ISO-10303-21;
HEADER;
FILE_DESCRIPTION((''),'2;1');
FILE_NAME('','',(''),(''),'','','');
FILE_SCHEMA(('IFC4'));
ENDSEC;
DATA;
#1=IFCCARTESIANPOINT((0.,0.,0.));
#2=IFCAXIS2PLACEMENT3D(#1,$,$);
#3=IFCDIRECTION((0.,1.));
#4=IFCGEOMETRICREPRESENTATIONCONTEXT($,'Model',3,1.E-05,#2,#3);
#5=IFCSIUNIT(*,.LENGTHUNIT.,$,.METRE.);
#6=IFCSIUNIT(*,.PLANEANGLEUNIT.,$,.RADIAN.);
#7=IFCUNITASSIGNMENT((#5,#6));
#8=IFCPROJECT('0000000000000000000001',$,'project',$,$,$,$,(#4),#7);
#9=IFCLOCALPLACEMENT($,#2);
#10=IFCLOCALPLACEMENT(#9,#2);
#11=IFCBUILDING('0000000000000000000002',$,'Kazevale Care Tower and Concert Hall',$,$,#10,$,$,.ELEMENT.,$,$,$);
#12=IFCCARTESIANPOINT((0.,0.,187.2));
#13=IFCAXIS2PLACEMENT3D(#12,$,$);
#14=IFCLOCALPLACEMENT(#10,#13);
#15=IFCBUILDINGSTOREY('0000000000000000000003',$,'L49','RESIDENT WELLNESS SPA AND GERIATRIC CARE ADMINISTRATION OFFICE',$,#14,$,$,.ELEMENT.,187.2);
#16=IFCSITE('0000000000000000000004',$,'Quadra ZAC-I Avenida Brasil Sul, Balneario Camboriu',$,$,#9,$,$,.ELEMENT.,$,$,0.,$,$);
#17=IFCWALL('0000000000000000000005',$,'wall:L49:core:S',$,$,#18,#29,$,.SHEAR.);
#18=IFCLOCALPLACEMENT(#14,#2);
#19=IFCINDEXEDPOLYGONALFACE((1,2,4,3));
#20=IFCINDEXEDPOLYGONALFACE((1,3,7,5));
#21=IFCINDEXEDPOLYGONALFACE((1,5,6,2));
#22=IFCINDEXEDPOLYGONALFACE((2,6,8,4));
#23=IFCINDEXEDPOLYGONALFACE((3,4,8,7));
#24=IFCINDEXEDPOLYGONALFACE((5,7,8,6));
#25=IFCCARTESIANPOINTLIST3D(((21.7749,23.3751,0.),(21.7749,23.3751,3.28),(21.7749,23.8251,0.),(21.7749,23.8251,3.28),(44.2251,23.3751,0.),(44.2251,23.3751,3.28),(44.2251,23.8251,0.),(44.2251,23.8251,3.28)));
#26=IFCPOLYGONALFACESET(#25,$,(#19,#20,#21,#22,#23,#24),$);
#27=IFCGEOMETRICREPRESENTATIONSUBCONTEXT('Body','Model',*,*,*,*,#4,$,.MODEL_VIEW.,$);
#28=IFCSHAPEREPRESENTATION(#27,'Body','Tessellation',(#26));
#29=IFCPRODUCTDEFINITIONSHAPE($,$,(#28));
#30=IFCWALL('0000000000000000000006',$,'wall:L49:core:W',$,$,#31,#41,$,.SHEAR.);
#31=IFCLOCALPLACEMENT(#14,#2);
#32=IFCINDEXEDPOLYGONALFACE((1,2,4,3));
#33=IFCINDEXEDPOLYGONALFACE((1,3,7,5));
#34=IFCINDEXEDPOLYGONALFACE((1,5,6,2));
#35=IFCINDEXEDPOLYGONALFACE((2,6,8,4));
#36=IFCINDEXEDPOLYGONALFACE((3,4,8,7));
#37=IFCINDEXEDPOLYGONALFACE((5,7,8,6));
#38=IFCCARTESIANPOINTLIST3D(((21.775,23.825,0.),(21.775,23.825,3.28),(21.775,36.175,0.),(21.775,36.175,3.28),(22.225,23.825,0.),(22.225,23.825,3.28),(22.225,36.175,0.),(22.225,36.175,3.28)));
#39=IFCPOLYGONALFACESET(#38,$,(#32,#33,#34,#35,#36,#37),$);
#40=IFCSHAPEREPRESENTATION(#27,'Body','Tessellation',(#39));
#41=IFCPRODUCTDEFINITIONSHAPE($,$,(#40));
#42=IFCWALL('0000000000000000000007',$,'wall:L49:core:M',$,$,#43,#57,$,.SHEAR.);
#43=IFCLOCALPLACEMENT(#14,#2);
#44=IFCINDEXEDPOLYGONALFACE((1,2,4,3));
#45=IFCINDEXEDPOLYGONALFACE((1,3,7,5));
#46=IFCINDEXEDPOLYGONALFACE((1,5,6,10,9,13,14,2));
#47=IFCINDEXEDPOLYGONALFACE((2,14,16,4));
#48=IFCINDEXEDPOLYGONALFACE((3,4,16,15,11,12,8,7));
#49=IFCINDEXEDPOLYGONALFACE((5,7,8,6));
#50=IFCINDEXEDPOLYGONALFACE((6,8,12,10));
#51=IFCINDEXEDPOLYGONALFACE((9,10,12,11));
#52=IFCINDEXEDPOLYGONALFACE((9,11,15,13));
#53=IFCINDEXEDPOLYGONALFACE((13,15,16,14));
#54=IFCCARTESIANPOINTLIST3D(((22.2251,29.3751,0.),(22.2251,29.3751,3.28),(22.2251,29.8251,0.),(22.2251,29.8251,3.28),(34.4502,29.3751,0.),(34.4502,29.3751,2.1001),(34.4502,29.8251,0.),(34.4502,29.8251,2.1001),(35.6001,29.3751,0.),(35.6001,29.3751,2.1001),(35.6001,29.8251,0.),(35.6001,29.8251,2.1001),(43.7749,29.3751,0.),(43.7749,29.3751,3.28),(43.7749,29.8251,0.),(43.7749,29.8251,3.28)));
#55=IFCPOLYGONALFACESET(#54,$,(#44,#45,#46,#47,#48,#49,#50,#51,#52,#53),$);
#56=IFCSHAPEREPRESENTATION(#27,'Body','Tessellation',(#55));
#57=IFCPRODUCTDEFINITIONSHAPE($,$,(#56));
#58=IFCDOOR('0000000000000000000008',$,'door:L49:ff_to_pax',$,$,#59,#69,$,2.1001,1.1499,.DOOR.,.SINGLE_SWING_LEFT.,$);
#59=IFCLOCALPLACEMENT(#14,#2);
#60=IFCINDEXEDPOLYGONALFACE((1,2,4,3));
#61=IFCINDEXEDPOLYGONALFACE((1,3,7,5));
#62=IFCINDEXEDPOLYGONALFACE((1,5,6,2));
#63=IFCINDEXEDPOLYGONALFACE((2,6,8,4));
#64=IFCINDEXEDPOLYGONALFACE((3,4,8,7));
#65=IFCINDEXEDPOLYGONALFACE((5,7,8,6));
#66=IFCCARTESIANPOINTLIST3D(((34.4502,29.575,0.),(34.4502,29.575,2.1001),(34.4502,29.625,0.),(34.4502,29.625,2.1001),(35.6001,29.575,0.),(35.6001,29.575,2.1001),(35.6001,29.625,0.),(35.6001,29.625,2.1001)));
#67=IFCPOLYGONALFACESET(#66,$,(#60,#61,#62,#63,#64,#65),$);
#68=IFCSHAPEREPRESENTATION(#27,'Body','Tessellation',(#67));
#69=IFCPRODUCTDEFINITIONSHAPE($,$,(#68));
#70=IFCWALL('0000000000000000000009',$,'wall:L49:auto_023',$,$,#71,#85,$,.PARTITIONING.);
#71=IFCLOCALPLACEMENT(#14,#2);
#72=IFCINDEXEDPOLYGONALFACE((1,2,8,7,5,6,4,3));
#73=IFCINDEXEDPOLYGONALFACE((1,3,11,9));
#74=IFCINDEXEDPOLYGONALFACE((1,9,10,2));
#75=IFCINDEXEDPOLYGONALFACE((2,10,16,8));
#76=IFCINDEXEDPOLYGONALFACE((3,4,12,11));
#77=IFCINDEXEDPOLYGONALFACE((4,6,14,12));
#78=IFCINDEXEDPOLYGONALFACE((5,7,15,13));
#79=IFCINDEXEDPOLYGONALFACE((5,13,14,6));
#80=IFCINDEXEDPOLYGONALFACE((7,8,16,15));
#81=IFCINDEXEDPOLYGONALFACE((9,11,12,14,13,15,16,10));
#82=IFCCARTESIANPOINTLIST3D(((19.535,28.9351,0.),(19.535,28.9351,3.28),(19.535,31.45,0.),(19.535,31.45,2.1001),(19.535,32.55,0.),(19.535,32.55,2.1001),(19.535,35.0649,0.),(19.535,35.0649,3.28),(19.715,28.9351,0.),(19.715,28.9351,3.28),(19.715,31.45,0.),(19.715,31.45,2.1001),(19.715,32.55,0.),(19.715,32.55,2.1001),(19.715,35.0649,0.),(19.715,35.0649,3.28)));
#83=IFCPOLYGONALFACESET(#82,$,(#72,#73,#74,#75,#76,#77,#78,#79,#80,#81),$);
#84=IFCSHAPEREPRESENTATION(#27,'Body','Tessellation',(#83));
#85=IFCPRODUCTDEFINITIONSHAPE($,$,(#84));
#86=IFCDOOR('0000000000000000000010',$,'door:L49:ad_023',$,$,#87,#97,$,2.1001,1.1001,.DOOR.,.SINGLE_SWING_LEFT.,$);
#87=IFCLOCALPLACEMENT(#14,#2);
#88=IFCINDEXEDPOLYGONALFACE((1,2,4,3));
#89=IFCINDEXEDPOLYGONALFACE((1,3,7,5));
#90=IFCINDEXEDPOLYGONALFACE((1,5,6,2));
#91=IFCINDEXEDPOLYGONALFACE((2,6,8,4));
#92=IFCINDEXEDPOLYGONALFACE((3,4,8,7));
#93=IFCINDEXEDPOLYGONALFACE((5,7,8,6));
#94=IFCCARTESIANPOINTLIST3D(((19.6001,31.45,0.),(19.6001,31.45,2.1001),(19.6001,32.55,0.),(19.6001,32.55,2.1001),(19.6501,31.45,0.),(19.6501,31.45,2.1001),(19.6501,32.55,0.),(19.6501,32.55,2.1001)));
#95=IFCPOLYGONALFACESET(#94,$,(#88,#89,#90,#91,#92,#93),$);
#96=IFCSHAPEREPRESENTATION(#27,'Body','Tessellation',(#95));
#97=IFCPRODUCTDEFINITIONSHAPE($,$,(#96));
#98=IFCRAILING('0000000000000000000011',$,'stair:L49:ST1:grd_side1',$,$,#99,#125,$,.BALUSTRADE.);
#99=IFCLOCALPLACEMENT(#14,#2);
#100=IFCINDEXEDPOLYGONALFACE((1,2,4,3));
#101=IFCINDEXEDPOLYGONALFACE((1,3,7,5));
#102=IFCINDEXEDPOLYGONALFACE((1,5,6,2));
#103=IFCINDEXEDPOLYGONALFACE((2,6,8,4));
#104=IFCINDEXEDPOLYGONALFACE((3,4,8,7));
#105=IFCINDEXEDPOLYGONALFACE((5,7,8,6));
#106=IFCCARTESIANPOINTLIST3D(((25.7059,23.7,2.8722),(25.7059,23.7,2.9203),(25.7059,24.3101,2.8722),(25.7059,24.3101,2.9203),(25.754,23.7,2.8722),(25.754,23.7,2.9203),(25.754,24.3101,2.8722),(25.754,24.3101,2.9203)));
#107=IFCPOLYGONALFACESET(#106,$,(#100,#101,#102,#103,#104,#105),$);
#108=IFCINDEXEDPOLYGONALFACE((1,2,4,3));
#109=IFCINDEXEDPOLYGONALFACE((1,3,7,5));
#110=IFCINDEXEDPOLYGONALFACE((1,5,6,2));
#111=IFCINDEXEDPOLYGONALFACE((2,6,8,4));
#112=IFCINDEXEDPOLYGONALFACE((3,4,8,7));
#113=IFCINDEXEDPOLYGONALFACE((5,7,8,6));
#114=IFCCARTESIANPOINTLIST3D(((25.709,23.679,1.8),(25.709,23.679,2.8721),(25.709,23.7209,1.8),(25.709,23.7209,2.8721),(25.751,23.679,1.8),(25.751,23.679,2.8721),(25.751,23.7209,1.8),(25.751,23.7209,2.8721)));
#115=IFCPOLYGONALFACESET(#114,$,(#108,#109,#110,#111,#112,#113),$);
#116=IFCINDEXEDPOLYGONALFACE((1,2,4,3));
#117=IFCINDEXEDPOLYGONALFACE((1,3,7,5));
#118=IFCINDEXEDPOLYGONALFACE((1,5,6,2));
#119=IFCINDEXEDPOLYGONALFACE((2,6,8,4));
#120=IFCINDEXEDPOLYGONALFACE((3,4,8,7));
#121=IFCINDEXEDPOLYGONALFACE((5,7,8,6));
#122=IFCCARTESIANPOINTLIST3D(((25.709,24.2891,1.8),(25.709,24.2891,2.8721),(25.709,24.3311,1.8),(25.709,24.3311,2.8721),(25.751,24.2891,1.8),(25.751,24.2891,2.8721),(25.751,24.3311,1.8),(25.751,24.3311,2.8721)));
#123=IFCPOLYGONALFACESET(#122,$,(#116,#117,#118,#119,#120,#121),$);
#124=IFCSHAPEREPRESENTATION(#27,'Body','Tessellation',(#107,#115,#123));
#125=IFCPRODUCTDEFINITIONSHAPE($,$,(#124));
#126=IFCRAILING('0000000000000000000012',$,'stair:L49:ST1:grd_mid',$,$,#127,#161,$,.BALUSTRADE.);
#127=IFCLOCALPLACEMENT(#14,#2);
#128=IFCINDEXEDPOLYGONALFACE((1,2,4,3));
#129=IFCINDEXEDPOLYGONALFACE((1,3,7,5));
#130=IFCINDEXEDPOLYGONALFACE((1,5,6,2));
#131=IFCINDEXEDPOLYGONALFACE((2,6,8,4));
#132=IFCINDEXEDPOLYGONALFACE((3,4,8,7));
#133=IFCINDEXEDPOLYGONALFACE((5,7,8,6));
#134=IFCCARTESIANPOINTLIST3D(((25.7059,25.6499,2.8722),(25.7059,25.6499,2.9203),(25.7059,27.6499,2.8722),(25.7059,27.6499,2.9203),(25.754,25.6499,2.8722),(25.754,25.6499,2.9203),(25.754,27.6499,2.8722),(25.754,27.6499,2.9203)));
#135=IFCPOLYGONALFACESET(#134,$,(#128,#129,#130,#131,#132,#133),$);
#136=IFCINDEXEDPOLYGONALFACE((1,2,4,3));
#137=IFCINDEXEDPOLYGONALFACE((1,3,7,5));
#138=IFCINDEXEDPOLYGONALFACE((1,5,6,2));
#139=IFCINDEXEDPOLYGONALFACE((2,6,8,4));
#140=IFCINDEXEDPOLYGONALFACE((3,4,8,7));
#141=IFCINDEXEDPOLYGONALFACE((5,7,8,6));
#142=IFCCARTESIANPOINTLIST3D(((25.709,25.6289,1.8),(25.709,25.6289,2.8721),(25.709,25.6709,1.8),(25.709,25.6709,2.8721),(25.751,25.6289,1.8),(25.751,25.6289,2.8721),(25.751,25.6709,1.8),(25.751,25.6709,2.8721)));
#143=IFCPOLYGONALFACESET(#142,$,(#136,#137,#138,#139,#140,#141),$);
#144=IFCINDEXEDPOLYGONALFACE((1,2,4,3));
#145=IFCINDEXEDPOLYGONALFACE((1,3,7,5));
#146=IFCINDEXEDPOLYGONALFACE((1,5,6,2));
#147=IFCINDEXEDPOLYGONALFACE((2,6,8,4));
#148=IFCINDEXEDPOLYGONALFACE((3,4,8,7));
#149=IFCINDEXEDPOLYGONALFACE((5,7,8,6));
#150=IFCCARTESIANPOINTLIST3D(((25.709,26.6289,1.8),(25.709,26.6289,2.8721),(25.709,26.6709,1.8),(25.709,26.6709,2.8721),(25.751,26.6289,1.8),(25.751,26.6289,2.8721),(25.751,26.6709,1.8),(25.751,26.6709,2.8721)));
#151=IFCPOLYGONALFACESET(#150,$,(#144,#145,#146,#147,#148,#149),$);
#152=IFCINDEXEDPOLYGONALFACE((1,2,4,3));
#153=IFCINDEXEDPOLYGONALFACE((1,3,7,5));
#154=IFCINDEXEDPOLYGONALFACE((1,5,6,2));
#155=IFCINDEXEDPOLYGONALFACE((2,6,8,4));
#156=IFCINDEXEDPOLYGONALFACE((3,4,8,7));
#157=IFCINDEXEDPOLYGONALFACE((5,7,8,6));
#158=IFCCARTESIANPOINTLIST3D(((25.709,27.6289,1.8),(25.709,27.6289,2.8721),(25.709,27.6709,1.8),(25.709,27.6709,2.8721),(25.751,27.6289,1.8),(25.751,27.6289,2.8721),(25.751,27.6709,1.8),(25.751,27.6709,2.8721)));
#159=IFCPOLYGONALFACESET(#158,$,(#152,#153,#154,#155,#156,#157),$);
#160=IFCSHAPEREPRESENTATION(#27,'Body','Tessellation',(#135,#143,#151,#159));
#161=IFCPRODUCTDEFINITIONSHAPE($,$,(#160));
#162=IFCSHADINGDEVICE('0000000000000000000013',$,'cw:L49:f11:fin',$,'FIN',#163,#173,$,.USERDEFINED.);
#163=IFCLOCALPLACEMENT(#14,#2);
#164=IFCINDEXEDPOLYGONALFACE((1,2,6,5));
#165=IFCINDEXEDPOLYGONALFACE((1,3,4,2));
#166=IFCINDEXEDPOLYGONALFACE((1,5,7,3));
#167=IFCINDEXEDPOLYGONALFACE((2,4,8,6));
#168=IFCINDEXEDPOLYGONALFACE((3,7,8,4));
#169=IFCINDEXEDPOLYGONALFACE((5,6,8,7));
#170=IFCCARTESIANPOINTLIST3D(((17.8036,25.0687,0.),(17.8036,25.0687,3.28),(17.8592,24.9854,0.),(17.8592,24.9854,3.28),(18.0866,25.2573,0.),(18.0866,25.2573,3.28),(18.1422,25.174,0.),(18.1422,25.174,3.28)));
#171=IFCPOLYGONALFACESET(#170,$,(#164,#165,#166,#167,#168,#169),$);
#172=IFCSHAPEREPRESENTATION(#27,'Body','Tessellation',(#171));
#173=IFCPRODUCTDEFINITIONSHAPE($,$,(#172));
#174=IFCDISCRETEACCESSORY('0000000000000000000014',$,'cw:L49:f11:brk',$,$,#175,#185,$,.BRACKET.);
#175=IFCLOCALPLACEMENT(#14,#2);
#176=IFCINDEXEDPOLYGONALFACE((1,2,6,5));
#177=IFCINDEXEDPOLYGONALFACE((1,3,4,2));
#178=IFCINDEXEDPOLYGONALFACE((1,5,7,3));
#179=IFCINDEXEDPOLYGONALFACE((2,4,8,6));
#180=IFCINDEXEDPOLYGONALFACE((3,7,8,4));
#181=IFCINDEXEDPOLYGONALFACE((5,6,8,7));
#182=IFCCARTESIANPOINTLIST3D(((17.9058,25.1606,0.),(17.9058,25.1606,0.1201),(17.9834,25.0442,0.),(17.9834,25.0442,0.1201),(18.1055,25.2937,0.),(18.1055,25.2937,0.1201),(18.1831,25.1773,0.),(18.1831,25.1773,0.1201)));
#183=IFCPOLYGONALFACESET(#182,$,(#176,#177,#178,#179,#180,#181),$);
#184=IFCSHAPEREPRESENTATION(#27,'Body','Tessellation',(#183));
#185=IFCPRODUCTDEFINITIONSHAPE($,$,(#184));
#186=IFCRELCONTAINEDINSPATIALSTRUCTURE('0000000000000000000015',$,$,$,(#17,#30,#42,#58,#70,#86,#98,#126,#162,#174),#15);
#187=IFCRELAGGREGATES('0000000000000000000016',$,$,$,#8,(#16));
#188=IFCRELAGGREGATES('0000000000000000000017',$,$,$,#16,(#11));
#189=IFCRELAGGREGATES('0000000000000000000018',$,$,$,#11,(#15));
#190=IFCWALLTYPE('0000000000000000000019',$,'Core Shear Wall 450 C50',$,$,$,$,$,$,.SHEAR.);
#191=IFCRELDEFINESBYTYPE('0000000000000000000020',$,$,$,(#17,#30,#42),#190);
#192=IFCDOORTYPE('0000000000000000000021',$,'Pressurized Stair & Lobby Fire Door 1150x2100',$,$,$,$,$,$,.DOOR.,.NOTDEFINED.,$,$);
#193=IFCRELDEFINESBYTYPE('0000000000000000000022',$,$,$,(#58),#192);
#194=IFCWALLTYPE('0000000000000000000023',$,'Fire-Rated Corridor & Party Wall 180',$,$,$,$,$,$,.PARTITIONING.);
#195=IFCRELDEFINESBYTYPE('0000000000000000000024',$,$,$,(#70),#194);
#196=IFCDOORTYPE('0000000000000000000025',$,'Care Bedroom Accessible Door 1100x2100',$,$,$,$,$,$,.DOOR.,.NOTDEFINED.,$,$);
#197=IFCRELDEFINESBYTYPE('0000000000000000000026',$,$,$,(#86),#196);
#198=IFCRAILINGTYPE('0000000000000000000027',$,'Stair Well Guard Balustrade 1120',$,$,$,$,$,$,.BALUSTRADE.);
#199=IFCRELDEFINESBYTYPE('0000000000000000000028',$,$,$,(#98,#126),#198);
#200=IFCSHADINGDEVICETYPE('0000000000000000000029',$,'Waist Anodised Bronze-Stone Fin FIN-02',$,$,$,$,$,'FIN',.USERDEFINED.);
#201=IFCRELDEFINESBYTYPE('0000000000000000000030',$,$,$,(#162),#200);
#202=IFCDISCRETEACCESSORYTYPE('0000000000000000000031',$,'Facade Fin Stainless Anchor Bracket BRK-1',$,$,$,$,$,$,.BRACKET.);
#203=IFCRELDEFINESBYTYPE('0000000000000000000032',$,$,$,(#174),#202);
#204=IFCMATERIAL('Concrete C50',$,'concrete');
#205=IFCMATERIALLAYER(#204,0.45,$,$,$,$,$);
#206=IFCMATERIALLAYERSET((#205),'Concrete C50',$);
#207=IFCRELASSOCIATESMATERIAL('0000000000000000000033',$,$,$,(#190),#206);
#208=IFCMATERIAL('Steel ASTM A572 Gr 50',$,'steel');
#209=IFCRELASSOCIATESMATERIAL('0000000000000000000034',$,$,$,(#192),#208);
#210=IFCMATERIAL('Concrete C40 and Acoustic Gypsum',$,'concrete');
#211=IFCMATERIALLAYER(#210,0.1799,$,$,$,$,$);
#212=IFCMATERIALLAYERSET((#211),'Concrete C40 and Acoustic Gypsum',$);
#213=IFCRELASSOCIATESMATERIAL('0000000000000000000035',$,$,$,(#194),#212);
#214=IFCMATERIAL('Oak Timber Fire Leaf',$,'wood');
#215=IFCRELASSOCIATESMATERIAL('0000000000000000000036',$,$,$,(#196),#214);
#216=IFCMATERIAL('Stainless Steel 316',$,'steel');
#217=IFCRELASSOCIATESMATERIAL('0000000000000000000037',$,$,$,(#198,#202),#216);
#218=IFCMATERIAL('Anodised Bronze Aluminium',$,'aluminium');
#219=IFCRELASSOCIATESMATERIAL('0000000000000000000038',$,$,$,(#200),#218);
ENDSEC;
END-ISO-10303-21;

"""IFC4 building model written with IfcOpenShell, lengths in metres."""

from ifc_helpers import new_model, si_unit, direction, frame, frame_2d, origin, origin_2d, place, context, subcontext, project, spatial, rectangle, extrude, material, layer, layer_set, type_object, element, fill, save


model = new_model("IFC4")

# Units and contexts
model_context = context("Model", 3, precision=1e-05, world=origin(), true_north=direction((0.0, 1.0)))
body_context = subcontext(model_context, "Body", "Model", "MODEL_VIEW")
ifc_project = project(units=[si_unit("LENGTHUNIT", "METRE"), si_unit("PLANEANGLEUNIT", "RADIAN")], contexts=[model_context])

# Site, building, storey
site_placement = place(None, origin())
site = spatial("IfcSite", under=ifc_project, at=site_placement, Name="Quadra ZAC-I Avenida Brasil Sul, Balneario Camboriu", CompositionType="ELEMENT", RefElevation=0.0)
building_placement = place(site_placement, origin())
building = spatial("IfcBuilding", under=site, at=building_placement, Name="Kazevale Care Tower and Concert Hall", CompositionType="ELEMENT")
storey_placement = place(building_placement, frame((0.0, 0.0, 187.2)))
storey = spatial("IfcBuildingStorey", under=building, at=storey_placement, Name="L49", Description="RESIDENT WELLNESS SPA AND GERIATRIC CARE ADMINISTRATION OFFICE", CompositionType="ELEMENT", Elevation=187.2)

# Shared definitions
ifc_material_1 = material(Name="Concrete C50", Category="concrete")

# Shared definitions
ifc_material_2 = material(Name="Steel ASTM A572 Gr 50", Category="steel")

# Walls
ifc_layer_1 = layer(ifc_material_1, 0.45)
ifc_layer_set_1 = layer_set([ifc_layer_1], Name="Concrete C50")
wall_type_1 = type_object("IfcWallType", Name="Core Shear Wall 450 C50", PredefinedType="SHEAR", material=ifc_layer_set_1)
wall_1_placement = place(storey_placement, frame((21.7749, 23.6001, 0.0), z_axis=(0.0, 0.0, 1.0), x_axis=(1.0, 0.0, 0.0)))
element("IfcWall", 1, at=wall_1_placement, inside=storey, type_object=wall_type_1, Name="wall:L49:core:S", PredefinedType="SHEAR", context=body_context, shape_type="SweptSolid", body=[
    extrude(rectangle(XDim=22.4502, YDim=0.45, at=frame_2d((11.2251, 0.0))), origin(), (0.0, 0.0, 1.0), 3.28),
])
wall_2_placement = place(storey_placement, frame((22.0, 23.825, 0.0), z_axis=(0.0, 0.0, 1.0), x_axis=(0.0, 1.0, 0.0)))
element("IfcWall", 2, at=wall_2_placement, inside=storey, type_object=wall_type_1, Name="wall:L49:core:W", PredefinedType="SHEAR", context=body_context, shape_type="SweptSolid", body=[
    extrude(rectangle(XDim=12.3501, YDim=0.45, at=frame_2d((6.175, 0.0))), origin(), (0.0, 0.0, 1.0), 3.28),
])

# Walls, openings, doors
wall_3_placement = place(storey_placement, frame((22.2251, 29.6001, 0.0), z_axis=(0.0, 0.0, 1.0), x_axis=(1.0, 0.0, 0.0)))
wall_3 = element("IfcWall", 3, at=wall_3_placement, inside=storey, type_object=wall_type_1, Name="wall:L49:core:M", PredefinedType="SHEAR", context=body_context, shape_type="SweptSolid", body=[
    extrude(rectangle(XDim=21.5498, YDim=0.45, at=frame_2d((10.7749, 0.0))), origin(), (0.0, 0.0, 1.0), 3.28),
])
opening_1_placement = place(wall_3_placement, frame((12.2251, 0.0, 0.0)))
opening_1 = element("IfcOpeningElement", 4, at=opening_1_placement, cuts=wall_3, PredefinedType="OPENING", context=body_context, shape_type="SweptSolid", body=[
    extrude(rectangle(XDim=1.1499, YDim=2.1001, at=frame_2d((0.575, 1.05))), frame((0.0, 0.2349, 0.0), z_axis=(0.0, -1.0, 0.0), x_axis=(1.0, 0.0, 0.0)), (0.0, 0.0, 1.0), 0.47),
])
door_type_1 = type_object("IfcDoorType", Name="Pressurized Stair & Lobby Fire Door 1150x2100", OperationType="NOTDEFINED", PredefinedType="DOOR", material=ifc_material_2)
door_1_placement = place(opening_1_placement, origin())
door_1 = element("IfcDoor", 5, at=door_1_placement, inside=storey, type_object=door_type_1, Name="door:L49:ff_to_pax", OperationType="SINGLE_SWING_LEFT", OverallHeight=2.1001, OverallWidth=1.1499, PredefinedType="DOOR", context=body_context, shape_type="SweptSolid", body=[
    extrude(rectangle(XDim=1.1499, YDim=2.1001, at=frame_2d((0.575, 1.05))), frame((0.0, 0.0249, 0.0), z_axis=(0.0, -1.0, 0.0), x_axis=(1.0, 0.0, 0.0)), (0.0, 0.0, 1.0), 0.05),
])
fill(opening_1, door_1)
ifc_material_3 = material(Name="Concrete C40 and Acoustic Gypsum", Category="concrete")
ifc_layer_2 = layer(ifc_material_3, 0.1799)
ifc_layer_set_2 = layer_set([ifc_layer_2], Name="Concrete C40 and Acoustic Gypsum")
wall_type_2 = type_object("IfcWallType", Name="Fire-Rated Corridor & Party Wall 180", PredefinedType="PARTITIONING", material=ifc_layer_set_2)
wall_4_placement = place(storey_placement, frame((19.625, 28.9351, 0.0), z_axis=(0.0, 0.0, 1.0), x_axis=(0.0, 1.0, 0.0)))
wall_4 = element("IfcWall", 6, at=wall_4_placement, inside=storey, type_object=wall_type_2, Name="wall:L49:auto_023", PredefinedType="PARTITIONING", context=body_context, shape_type="SweptSolid", body=[
    extrude(rectangle(XDim=6.1299, YDim=0.1799, at=frame_2d((3.0649, 0.0))), origin(), (0.0, 0.0, 1.0), 3.28),
])
opening_2_placement = place(wall_4_placement, frame((2.5149, 0.0, 0.0)))
opening_2 = element("IfcOpeningElement", 7, at=opening_2_placement, cuts=wall_4, PredefinedType="OPENING", context=body_context, shape_type="SweptSolid", body=[
    extrude(rectangle(XDim=1.1001, YDim=2.1001, at=frame_2d((0.55, 1.05))), frame((0.0, 0.0999, 0.0), z_axis=(0.0, -1.0, 0.0), x_axis=(1.0, 0.0, 0.0)), (0.0, 0.0, 1.0), 0.2),
])
ifc_material_4 = material(Name="Oak Timber Fire Leaf", Category="wood")
door_type_2 = type_object("IfcDoorType", Name="Care Bedroom Accessible Door 1100x2100", OperationType="NOTDEFINED", PredefinedType="DOOR", material=ifc_material_4)
door_2_placement = place(opening_2_placement, origin())
door_2 = element("IfcDoor", 8, at=door_2_placement, inside=storey, type_object=door_type_2, Name="door:L49:ad_023", OperationType="SINGLE_SWING_LEFT", OverallHeight=2.1001, OverallWidth=1.1001, PredefinedType="DOOR", context=body_context, shape_type="SweptSolid", body=[
    extrude(rectangle(XDim=1.1001, YDim=2.1001, at=frame_2d((0.55, 1.05))), frame((0.0, 0.0249, 0.0), z_axis=(0.0, -1.0, 0.0), x_axis=(1.0, 0.0, 0.0)), (0.0, 0.0, 1.0), 0.05),
])
fill(opening_2, door_2)

# Railings
ifc_material_5 = material(Name="Stainless Steel 316", Category="steel")
railing_type = type_object("IfcRailingType", Name="Stair Well Guard Balustrade 1120", PredefinedType="BALUSTRADE", material=ifc_material_5)
railing_1_placement = place(storey_placement, frame((25.73, 23.7, 1.8)))
element("IfcRailing", 9, at=railing_1_placement, inside=storey, type_object=railing_type, Name="stair:L49:ST1:grd_side1", PredefinedType="BALUSTRADE", context=body_context, shape_type="SweptSolid", body=[
    extrude(rectangle(XDim=0.0481, YDim=0.0481, at=origin_2d()), frame((0.0, 0.0, 1.0962), z_axis=(0.0, 1.0, 0.0), x_axis=(-1.0, 0.0, 0.0)), (0.0, 0.0, 1.0), 0.6101),
    extrude(rectangle(XDim=0.042, YDim=0.042, at=origin_2d()), origin(), (0.0, 0.0, 1.0), 1.072),
    extrude(rectangle(XDim=0.042, YDim=0.042, at=origin_2d()), frame((0.0, 0.6101, 0.0)), (0.0, 0.0, 1.0), 1.072),
])
railing_2_placement = place(storey_placement, frame((25.73, 25.6499, 1.8)))
element("IfcRailing", 10, at=railing_2_placement, inside=storey, type_object=railing_type, Name="stair:L49:ST1:grd_mid", PredefinedType="BALUSTRADE", context=body_context, shape_type="SweptSolid", body=[
    extrude(rectangle(XDim=0.0481, YDim=0.0481, at=origin_2d()), frame((0.0, 0.0, 1.0962), z_axis=(0.0, 1.0, 0.0), x_axis=(-1.0, 0.0, 0.0)), (0.0, 0.0, 1.0), 2.0),
    extrude(rectangle(XDim=0.042, YDim=0.042, at=origin_2d()), origin(), (0.0, 0.0, 1.0), 1.072),
    extrude(rectangle(XDim=0.042, YDim=0.042, at=origin_2d()), frame((0.0, 1.0, 0.0)), (0.0, 0.0, 1.0), 1.072),
    extrude(rectangle(XDim=0.042, YDim=0.042, at=origin_2d()), frame((0.0, 2.0, 0.0)), (0.0, 0.0, 1.0), 1.072),
])

# Shading device
ifc_material_6 = material(Name="Anodised Bronze Aluminium", Category="aluminium")
shading_device_type = type_object("IfcShadingDeviceType", Name="Waist Anodised Bronze-Stone Fin FIN-02", ElementType="FIN", PredefinedType="USERDEFINED", material=ifc_material_6)
shading_device_placement = place(storey_placement, frame((17.9729, 25.1213, 0.0), z_axis=(0.0, 0.0, 1.0), x_axis=(-0.832148, -0.554554, 0.0)))
element("IfcShadingDevice", 11, at=shading_device_placement, inside=storey, type_object=shading_device_type, Name="cw:L49:f11:fin", ObjectType="FIN", PredefinedType="USERDEFINED", context=body_context, shape_type="SweptSolid", body=[
    extrude(rectangle(XDim=0.3401, YDim=0.1001, at=origin_2d()), origin(), (0.0, 0.0, 1.0), 3.28),
])

# Discrete accessory
discrete_accessory_type = type_object("IfcDiscreteAccessoryType", Name="Facade Fin Stainless Anchor Bracket BRK-1", PredefinedType="BRACKET", material=ifc_material_5)
discrete_accessory_placement = place(storey_placement, frame((18.0444, 25.1689, 0.0), z_axis=(0.0, 0.0, 1.0), x_axis=(-0.832148, -0.554554, 0.0)))
element("IfcDiscreteAccessory", 12, at=discrete_accessory_placement, inside=storey, type_object=discrete_accessory_type, Name="cw:L49:f11:brk", PredefinedType="BRACKET", context=body_context, shape_type="SweptSolid", body=[
    extrude(rectangle(XDim=0.24, YDim=0.1399, at=origin_2d()), origin(), (0.0, 0.0, 1.0), 0.1201),
])

save(model, "model.ifc")
